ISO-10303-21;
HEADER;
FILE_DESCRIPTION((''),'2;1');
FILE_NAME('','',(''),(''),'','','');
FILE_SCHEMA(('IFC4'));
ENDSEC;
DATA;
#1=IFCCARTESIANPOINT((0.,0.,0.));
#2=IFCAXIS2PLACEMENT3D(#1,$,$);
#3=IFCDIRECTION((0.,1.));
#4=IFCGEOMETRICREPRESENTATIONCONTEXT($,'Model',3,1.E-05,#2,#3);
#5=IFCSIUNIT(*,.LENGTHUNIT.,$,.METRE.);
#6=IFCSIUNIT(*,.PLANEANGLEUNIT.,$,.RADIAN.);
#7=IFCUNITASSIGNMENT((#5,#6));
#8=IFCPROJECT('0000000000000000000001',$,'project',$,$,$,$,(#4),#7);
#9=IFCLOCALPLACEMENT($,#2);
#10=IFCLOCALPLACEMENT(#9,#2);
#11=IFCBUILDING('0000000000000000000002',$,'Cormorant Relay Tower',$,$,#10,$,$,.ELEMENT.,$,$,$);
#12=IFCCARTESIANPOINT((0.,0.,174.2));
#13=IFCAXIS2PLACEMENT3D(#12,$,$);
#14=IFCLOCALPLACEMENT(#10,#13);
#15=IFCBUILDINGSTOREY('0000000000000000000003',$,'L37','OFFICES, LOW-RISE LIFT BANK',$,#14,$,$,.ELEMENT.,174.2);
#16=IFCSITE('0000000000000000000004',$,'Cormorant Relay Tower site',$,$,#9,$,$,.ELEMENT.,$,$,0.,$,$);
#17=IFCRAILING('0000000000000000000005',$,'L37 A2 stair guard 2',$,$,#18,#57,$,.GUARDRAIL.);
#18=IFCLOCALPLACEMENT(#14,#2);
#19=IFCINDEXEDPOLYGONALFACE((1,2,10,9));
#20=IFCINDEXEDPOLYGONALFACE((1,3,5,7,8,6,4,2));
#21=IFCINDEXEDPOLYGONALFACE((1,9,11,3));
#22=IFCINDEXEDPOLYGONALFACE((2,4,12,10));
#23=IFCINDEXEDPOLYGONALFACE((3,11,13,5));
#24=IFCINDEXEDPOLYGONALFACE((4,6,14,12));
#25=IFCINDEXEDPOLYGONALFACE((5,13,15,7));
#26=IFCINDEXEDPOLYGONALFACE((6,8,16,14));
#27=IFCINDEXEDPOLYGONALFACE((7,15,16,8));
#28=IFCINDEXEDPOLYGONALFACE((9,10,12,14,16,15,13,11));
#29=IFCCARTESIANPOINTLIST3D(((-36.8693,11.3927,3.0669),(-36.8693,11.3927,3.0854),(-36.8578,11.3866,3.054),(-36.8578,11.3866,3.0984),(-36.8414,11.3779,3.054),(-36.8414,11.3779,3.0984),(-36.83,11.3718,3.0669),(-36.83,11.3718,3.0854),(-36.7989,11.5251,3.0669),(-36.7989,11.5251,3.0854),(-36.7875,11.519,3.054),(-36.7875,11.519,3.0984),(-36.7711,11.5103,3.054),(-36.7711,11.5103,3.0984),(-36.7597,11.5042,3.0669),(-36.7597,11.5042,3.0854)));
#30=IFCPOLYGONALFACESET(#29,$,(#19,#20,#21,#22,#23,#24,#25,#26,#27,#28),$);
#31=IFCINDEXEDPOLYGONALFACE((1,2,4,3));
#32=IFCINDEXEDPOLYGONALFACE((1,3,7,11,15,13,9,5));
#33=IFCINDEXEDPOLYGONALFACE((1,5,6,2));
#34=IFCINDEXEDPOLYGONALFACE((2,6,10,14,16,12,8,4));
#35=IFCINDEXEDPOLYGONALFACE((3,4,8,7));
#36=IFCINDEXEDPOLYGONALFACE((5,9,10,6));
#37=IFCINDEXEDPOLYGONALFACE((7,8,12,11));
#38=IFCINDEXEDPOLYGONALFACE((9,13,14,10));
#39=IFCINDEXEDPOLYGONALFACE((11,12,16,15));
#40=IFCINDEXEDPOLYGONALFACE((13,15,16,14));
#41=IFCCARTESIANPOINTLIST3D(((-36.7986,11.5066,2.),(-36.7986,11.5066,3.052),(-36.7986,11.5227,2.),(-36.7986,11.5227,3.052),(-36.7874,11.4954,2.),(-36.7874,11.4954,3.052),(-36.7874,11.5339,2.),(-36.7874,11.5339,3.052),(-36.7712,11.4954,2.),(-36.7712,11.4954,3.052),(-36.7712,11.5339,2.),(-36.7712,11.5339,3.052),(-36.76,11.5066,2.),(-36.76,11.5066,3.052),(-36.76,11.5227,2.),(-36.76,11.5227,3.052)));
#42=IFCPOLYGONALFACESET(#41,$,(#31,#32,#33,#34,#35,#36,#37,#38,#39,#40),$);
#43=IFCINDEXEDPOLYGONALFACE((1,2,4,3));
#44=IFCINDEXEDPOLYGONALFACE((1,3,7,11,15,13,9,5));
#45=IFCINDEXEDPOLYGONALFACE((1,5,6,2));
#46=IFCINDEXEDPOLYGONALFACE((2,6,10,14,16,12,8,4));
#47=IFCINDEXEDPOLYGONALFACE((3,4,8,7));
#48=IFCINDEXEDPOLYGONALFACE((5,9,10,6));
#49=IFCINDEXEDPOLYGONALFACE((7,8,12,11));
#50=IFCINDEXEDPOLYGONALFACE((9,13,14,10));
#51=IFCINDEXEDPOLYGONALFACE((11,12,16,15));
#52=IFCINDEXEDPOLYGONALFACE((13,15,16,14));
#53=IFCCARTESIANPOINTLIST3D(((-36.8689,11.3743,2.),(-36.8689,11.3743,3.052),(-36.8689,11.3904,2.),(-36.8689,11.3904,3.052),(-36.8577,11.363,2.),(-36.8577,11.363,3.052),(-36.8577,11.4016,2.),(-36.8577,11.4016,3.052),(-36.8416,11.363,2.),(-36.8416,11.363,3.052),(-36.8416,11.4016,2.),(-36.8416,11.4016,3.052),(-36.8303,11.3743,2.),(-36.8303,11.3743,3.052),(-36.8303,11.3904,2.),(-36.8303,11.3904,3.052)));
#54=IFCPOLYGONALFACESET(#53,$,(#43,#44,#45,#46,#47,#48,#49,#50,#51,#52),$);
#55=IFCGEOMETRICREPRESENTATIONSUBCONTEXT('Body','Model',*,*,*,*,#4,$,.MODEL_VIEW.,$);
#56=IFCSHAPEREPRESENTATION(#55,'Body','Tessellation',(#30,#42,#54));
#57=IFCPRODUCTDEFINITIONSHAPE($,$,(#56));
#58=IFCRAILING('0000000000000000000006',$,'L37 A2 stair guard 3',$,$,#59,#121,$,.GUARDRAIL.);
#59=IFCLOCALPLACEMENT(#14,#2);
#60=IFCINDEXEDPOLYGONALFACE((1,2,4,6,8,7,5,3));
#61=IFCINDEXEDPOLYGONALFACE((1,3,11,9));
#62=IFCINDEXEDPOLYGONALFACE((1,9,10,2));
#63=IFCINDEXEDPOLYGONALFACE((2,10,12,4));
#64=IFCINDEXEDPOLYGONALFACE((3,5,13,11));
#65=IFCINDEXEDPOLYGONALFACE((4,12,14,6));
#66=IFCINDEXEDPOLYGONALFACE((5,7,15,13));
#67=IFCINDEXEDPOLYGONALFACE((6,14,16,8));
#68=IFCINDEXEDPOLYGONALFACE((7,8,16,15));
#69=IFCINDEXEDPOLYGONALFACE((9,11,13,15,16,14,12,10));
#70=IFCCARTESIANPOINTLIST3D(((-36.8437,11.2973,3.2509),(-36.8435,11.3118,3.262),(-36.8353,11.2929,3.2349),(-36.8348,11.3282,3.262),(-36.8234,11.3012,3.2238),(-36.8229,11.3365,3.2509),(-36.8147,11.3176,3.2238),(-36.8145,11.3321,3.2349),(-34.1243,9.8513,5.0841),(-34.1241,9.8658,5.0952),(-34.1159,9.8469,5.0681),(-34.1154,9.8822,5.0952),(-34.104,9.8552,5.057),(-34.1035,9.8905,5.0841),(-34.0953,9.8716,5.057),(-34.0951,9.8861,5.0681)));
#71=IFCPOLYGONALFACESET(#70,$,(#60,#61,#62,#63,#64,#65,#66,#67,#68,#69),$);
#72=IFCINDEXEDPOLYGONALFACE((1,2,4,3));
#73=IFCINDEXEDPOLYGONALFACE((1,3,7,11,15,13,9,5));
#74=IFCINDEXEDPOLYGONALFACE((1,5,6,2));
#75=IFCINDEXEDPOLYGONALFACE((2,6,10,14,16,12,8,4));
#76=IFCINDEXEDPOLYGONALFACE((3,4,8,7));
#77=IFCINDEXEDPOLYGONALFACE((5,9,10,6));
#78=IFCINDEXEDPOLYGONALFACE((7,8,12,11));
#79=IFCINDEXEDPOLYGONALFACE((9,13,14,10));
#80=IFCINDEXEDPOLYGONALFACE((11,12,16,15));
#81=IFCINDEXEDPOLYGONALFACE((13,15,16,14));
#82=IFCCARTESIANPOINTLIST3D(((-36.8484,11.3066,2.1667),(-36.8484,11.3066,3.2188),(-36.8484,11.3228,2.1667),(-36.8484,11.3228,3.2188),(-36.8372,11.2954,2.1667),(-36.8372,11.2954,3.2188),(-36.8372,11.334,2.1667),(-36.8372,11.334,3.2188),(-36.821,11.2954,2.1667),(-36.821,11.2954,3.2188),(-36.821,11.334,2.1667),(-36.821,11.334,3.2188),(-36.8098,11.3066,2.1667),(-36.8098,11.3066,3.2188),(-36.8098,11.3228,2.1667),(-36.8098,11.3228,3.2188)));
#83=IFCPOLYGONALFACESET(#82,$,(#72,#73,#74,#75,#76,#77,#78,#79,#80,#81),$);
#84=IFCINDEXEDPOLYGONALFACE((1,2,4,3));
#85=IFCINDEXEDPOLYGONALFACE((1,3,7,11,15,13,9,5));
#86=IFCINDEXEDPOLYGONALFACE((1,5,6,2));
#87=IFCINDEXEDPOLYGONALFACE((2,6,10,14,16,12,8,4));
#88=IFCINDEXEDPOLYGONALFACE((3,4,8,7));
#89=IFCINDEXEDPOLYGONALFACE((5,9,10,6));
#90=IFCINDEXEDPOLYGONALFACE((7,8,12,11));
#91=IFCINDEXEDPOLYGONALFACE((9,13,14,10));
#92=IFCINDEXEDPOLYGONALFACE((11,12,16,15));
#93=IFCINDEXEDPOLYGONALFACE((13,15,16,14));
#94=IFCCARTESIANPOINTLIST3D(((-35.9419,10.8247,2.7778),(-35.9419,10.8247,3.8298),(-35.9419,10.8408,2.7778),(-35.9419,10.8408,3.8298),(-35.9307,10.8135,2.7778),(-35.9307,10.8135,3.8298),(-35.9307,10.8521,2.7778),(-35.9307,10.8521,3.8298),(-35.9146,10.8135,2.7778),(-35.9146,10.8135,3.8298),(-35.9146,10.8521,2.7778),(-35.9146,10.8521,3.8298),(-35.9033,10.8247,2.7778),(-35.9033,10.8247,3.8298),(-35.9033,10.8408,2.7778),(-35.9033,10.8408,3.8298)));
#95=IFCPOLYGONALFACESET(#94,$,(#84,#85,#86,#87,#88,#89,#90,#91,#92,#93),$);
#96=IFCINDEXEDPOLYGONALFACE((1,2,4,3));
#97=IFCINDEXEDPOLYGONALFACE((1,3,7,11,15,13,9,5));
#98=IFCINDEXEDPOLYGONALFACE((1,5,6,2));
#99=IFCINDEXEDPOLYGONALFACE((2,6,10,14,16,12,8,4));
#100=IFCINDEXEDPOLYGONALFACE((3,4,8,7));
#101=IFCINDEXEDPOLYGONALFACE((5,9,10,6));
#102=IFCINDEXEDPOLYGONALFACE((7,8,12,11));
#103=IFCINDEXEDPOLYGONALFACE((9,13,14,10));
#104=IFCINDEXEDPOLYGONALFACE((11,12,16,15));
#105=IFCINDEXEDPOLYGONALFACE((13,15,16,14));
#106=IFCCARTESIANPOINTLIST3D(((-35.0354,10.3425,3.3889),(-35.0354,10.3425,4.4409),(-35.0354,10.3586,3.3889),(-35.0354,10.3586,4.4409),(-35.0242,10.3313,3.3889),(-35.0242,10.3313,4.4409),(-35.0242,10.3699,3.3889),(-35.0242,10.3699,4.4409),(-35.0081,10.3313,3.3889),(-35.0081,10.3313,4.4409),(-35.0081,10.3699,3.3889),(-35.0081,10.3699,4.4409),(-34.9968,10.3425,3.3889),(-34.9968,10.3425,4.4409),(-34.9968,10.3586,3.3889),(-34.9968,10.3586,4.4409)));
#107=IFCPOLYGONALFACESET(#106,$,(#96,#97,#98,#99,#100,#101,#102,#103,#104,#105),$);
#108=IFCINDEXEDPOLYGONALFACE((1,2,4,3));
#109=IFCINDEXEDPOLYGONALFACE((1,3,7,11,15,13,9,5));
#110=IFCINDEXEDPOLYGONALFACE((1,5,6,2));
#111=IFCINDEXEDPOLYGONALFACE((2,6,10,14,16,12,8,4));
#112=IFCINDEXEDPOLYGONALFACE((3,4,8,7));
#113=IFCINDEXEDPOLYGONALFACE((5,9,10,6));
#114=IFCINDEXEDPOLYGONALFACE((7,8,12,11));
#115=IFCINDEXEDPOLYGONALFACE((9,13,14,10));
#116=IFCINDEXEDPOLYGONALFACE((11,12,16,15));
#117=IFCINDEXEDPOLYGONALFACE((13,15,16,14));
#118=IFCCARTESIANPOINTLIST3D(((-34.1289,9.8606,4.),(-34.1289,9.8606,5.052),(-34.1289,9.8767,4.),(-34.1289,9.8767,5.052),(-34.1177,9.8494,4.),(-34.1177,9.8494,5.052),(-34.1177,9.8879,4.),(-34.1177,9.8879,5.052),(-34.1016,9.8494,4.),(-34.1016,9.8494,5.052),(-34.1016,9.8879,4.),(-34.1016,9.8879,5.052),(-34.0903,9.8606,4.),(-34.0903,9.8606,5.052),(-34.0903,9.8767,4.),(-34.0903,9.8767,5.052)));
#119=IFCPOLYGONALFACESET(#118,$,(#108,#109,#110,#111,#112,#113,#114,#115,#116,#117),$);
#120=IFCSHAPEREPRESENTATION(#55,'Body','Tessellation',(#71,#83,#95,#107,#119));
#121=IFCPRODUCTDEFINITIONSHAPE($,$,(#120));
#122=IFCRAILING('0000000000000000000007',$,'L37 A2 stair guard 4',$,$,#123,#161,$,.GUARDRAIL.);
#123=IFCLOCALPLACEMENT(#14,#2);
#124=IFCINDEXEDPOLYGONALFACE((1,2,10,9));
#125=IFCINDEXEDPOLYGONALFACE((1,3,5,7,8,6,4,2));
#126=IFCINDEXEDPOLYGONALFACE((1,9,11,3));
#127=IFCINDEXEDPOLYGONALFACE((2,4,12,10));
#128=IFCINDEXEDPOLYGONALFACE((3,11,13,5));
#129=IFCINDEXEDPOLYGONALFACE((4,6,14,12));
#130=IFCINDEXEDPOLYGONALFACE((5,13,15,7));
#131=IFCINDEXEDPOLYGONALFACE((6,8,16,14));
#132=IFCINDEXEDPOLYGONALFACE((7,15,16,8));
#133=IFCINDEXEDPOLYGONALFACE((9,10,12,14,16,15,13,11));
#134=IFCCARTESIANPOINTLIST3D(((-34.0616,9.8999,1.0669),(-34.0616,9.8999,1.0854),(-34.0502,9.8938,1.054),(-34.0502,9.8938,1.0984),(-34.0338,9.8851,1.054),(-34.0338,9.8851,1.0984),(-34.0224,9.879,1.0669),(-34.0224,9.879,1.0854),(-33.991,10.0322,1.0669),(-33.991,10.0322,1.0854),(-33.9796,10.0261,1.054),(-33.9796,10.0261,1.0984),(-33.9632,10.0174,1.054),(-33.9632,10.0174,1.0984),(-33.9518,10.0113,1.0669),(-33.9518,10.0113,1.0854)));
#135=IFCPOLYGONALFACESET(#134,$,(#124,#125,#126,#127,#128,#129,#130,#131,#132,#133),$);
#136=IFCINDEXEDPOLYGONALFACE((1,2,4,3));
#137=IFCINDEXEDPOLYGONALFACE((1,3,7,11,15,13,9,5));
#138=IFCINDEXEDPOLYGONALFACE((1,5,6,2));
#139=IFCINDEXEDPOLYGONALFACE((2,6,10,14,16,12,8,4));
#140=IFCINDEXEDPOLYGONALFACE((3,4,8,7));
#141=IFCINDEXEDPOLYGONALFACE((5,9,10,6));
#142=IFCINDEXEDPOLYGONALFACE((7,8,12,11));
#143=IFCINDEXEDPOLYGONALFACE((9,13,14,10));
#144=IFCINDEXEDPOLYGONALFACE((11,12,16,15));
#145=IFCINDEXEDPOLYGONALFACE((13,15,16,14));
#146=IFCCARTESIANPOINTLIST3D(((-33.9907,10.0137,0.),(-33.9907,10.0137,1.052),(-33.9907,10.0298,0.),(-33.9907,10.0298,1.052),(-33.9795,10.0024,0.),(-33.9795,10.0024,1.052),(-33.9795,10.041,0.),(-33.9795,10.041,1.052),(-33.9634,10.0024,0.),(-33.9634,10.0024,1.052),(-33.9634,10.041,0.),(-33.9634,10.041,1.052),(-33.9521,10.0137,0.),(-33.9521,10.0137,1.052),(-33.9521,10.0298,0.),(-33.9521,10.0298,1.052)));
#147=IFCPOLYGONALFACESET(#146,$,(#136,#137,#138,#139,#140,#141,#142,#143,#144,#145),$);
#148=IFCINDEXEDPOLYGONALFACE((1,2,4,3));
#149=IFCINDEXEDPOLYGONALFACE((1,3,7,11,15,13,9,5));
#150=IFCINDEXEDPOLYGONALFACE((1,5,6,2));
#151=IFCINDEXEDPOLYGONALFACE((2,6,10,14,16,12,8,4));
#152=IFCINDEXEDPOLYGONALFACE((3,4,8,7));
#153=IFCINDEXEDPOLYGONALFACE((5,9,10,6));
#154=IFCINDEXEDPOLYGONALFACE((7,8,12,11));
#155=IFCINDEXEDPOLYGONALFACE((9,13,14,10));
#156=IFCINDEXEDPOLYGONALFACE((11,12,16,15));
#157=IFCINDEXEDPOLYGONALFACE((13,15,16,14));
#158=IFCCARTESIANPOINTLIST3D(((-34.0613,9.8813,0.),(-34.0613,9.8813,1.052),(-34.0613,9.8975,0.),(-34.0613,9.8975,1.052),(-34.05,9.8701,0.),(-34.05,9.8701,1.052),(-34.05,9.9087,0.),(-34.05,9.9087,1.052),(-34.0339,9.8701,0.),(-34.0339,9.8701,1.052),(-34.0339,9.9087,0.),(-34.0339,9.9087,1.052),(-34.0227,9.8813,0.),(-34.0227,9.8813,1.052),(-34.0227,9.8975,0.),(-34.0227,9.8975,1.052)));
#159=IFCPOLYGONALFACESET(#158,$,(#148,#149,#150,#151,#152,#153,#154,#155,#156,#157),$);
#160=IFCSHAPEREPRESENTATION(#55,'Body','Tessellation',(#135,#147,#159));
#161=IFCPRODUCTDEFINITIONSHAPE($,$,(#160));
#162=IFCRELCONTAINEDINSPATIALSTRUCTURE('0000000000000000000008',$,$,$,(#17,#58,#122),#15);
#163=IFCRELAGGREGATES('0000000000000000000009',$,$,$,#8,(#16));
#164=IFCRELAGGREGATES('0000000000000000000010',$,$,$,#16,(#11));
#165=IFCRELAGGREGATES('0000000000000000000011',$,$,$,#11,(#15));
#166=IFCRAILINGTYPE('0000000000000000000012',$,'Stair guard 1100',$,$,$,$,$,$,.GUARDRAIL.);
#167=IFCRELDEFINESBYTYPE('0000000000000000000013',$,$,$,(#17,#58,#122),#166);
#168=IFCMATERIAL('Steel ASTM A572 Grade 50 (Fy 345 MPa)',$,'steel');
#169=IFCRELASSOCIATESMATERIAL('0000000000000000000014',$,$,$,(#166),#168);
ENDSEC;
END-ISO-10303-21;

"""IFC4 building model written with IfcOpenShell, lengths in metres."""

from ifc_helpers import new_model, si_unit, direction, frame, origin, place, context, subcontext, project, spatial, polyline, outline, extrude, material, type_object, element, save


model = new_model("IFC4")

# Units and contexts
model_context = context("Model", 3, precision=1e-05, world=origin(), true_north=direction((0.0, 1.0)))
body_context = subcontext(model_context, "Body", "Model", "MODEL_VIEW")
ifc_project = project(units=[si_unit("LENGTHUNIT", "METRE"), si_unit("PLANEANGLEUNIT", "RADIAN")], contexts=[model_context])

# Site, building, storey
site_placement = place(None, origin())
site = spatial("IfcSite", under=ifc_project, at=site_placement, Name="Cormorant Relay Tower site", CompositionType="ELEMENT", RefElevation=0.0)
building_placement = place(site_placement, origin())
building = spatial("IfcBuilding", under=site, at=building_placement, Name="Cormorant Relay Tower", CompositionType="ELEMENT")
storey_placement = place(building_placement, frame((0.0, 0.0, 174.2)))
storey = spatial("IfcBuildingStorey", under=building, at=storey_placement, Name="L37", Description="OFFICES, LOW-RISE LIFT BANK", CompositionType="ELEMENT", Elevation=174.2)

# Railings
ifc_material_1 = material(Name="Steel ASTM A572 Grade 50 (Fy 345 MPa)", Category="steel")
railing_type_1 = type_object("IfcRailingType", Name="Stair guard 1100", PredefinedType="GUARDRAIL", material=ifc_material_1)
railing_1_placement = place(storey_placement, frame((-36.7793, 11.5146, 2.0)))
element("IfcRailing", 1, at=railing_1_placement, inside=storey, type_object=railing_type_1, Name="L37 A2 stair guard 2", PredefinedType="GUARDRAIL", context=body_context, shape_type="SweptSolid", body=[
    extrude(outline(polyline([(0.0222, 0.0093), (0.0093, 0.0222), (-0.0093, 0.0222), (-0.0222, 0.0093), (-0.0222, -0.0093), (-0.0093, -0.0222), (0.0093, -0.0222), (0.0222, -0.0093), (0.0222, 0.0093)])), frame((0.0, 0.0, 1.0762), z_axis=(-0.469235, -0.883074, 0.0), x_axis=(0.883074, -0.469235, 0.0)), (0.0, 0.0, 1.0), 0.1499),
    extrude(outline(polyline([(0.0193, 0.0081), (0.0081, 0.0193), (-0.0081, 0.0193), (-0.0193, 0.0081), (-0.0193, -0.0081), (-0.0081, -0.0193), (0.0081, -0.0193), (0.0193, -0.0081), (0.0193, 0.0081)])), origin(), (0.0, 0.0, 1.0), 1.052),
    extrude(outline(polyline([(0.0193, 0.0081), (0.0081, 0.0193), (-0.0081, 0.0193), (-0.0193, 0.0081), (-0.0193, -0.0081), (-0.0081, -0.0193), (0.0081, -0.0193), (0.0193, -0.0081), (0.0193, 0.0081)])), frame((-0.0703, -0.1323, 0.0)), (0.0, 0.0, 1.0), 1.052),
])
railing_2_placement = place(storey_placement, frame((-36.8291, 11.3147, 2.1667)))
element("IfcRailing", 2, at=railing_2_placement, inside=storey, type_object=railing_type_1, Name="L37 A2 stair guard 3", PredefinedType="GUARDRAIL", context=body_context, shape_type="SweptSolid", body=[
    extrude(outline(polyline([(0.0222, 0.0093), (0.0093, 0.0222), (-0.0093, 0.0222), (-0.0222, 0.0093), (-0.0222, -0.0093), (-0.0093, -0.0222), (0.0093, -0.0222), (0.0222, -0.0093), (0.0222, 0.0093)])), frame((0.0, 0.0, 1.0762), z_axis=(0.758714, -0.403435, 0.511463), x_axis=(0.469489, 0.882938, 0.0)), (0.0, 0.0, 1.0), 3.5842),
    extrude(outline(polyline([(0.0193, 0.0081), (0.0081, 0.0193), (-0.0081, 0.0193), (-0.0193, 0.0081), (-0.0193, -0.0081), (-0.0081, -0.0193), (0.0081, -0.0193), (0.0193, -0.0081), (0.0193, 0.0081)])), origin(), (0.0, 0.0, 1.0), 1.052),
    extrude(outline(polyline([(0.0193, 0.0081), (0.0081, 0.0193), (-0.0081, 0.0193), (-0.0193, 0.0081), (-0.0193, -0.0081), (-0.0081, -0.0193), (0.0081, -0.0193), (0.0193, -0.0081), (0.0193, 0.0081)])), frame((0.9065, -0.4819, 0.6111)), (0.0, 0.0, 1.0), 1.052),
    extrude(outline(polyline([(0.0193, 0.0081), (0.0081, 0.0193), (-0.0081, 0.0193), (-0.0193, 0.0081), (-0.0193, -0.0081), (-0.0081, -0.0193), (0.0081, -0.0193), (0.0193, -0.0081), (0.0193, 0.0081)])), frame((1.813, -0.9641, 1.2222)), (0.0, 0.0, 1.0), 1.052),
    extrude(outline(polyline([(0.0193, 0.0081), (0.0081, 0.0193), (-0.0081, 0.0193), (-0.0193, 0.0081), (-0.0193, -0.0081), (-0.0081, -0.0193), (0.0081, -0.0193), (0.0193, -0.0081), (0.0193, 0.0081)])), frame((2.7195, -1.446, 1.8333)), (0.0, 0.0, 1.0), 1.052),
])
railing_3_placement = place(storey_placement, frame((-33.9714, 10.0217, 0.0)))
element("IfcRailing", 3, at=railing_3_placement, inside=storey, type_object=railing_type_1, Name="L37 A2 stair guard 4", PredefinedType="GUARDRAIL", context=body_context, shape_type="SweptSolid", body=[
    extrude(outline(polyline([(0.0222, 0.0093), (0.0093, 0.0222), (-0.0093, 0.0222), (-0.0222, 0.0093), (-0.0222, -0.0093), (-0.0093, -0.0222), (0.0093, -0.0222), (0.0222, -0.0093), (0.0222, 0.0093)])), frame((0.0, 0.0, 1.0762), z_axis=(-0.470504, -0.882398, 0.0), x_axis=(0.882398, -0.470504, 0.0)), (0.0, 0.0, 1.0), 0.1499),
    extrude(outline(polyline([(0.0193, 0.0081), (0.0081, 0.0193), (-0.0081, 0.0193), (-0.0193, 0.0081), (-0.0193, -0.0081), (-0.0081, -0.0193), (0.0081, -0.0193), (0.0193, -0.0081), (0.0193, 0.0081)])), origin(), (0.0, 0.0, 1.0), 1.052),
    extrude(outline(polyline([(0.0193, 0.0081), (0.0081, 0.0193), (-0.0081, 0.0193), (-0.0193, 0.0081), (-0.0193, -0.0081), (-0.0081, -0.0193), (0.0081, -0.0193), (0.0193, -0.0081), (0.0193, 0.0081)])), frame((-0.0706, -0.1323, 0.0)), (0.0, 0.0, 1.0), 1.052),
])

save(model, "model.ifc")
